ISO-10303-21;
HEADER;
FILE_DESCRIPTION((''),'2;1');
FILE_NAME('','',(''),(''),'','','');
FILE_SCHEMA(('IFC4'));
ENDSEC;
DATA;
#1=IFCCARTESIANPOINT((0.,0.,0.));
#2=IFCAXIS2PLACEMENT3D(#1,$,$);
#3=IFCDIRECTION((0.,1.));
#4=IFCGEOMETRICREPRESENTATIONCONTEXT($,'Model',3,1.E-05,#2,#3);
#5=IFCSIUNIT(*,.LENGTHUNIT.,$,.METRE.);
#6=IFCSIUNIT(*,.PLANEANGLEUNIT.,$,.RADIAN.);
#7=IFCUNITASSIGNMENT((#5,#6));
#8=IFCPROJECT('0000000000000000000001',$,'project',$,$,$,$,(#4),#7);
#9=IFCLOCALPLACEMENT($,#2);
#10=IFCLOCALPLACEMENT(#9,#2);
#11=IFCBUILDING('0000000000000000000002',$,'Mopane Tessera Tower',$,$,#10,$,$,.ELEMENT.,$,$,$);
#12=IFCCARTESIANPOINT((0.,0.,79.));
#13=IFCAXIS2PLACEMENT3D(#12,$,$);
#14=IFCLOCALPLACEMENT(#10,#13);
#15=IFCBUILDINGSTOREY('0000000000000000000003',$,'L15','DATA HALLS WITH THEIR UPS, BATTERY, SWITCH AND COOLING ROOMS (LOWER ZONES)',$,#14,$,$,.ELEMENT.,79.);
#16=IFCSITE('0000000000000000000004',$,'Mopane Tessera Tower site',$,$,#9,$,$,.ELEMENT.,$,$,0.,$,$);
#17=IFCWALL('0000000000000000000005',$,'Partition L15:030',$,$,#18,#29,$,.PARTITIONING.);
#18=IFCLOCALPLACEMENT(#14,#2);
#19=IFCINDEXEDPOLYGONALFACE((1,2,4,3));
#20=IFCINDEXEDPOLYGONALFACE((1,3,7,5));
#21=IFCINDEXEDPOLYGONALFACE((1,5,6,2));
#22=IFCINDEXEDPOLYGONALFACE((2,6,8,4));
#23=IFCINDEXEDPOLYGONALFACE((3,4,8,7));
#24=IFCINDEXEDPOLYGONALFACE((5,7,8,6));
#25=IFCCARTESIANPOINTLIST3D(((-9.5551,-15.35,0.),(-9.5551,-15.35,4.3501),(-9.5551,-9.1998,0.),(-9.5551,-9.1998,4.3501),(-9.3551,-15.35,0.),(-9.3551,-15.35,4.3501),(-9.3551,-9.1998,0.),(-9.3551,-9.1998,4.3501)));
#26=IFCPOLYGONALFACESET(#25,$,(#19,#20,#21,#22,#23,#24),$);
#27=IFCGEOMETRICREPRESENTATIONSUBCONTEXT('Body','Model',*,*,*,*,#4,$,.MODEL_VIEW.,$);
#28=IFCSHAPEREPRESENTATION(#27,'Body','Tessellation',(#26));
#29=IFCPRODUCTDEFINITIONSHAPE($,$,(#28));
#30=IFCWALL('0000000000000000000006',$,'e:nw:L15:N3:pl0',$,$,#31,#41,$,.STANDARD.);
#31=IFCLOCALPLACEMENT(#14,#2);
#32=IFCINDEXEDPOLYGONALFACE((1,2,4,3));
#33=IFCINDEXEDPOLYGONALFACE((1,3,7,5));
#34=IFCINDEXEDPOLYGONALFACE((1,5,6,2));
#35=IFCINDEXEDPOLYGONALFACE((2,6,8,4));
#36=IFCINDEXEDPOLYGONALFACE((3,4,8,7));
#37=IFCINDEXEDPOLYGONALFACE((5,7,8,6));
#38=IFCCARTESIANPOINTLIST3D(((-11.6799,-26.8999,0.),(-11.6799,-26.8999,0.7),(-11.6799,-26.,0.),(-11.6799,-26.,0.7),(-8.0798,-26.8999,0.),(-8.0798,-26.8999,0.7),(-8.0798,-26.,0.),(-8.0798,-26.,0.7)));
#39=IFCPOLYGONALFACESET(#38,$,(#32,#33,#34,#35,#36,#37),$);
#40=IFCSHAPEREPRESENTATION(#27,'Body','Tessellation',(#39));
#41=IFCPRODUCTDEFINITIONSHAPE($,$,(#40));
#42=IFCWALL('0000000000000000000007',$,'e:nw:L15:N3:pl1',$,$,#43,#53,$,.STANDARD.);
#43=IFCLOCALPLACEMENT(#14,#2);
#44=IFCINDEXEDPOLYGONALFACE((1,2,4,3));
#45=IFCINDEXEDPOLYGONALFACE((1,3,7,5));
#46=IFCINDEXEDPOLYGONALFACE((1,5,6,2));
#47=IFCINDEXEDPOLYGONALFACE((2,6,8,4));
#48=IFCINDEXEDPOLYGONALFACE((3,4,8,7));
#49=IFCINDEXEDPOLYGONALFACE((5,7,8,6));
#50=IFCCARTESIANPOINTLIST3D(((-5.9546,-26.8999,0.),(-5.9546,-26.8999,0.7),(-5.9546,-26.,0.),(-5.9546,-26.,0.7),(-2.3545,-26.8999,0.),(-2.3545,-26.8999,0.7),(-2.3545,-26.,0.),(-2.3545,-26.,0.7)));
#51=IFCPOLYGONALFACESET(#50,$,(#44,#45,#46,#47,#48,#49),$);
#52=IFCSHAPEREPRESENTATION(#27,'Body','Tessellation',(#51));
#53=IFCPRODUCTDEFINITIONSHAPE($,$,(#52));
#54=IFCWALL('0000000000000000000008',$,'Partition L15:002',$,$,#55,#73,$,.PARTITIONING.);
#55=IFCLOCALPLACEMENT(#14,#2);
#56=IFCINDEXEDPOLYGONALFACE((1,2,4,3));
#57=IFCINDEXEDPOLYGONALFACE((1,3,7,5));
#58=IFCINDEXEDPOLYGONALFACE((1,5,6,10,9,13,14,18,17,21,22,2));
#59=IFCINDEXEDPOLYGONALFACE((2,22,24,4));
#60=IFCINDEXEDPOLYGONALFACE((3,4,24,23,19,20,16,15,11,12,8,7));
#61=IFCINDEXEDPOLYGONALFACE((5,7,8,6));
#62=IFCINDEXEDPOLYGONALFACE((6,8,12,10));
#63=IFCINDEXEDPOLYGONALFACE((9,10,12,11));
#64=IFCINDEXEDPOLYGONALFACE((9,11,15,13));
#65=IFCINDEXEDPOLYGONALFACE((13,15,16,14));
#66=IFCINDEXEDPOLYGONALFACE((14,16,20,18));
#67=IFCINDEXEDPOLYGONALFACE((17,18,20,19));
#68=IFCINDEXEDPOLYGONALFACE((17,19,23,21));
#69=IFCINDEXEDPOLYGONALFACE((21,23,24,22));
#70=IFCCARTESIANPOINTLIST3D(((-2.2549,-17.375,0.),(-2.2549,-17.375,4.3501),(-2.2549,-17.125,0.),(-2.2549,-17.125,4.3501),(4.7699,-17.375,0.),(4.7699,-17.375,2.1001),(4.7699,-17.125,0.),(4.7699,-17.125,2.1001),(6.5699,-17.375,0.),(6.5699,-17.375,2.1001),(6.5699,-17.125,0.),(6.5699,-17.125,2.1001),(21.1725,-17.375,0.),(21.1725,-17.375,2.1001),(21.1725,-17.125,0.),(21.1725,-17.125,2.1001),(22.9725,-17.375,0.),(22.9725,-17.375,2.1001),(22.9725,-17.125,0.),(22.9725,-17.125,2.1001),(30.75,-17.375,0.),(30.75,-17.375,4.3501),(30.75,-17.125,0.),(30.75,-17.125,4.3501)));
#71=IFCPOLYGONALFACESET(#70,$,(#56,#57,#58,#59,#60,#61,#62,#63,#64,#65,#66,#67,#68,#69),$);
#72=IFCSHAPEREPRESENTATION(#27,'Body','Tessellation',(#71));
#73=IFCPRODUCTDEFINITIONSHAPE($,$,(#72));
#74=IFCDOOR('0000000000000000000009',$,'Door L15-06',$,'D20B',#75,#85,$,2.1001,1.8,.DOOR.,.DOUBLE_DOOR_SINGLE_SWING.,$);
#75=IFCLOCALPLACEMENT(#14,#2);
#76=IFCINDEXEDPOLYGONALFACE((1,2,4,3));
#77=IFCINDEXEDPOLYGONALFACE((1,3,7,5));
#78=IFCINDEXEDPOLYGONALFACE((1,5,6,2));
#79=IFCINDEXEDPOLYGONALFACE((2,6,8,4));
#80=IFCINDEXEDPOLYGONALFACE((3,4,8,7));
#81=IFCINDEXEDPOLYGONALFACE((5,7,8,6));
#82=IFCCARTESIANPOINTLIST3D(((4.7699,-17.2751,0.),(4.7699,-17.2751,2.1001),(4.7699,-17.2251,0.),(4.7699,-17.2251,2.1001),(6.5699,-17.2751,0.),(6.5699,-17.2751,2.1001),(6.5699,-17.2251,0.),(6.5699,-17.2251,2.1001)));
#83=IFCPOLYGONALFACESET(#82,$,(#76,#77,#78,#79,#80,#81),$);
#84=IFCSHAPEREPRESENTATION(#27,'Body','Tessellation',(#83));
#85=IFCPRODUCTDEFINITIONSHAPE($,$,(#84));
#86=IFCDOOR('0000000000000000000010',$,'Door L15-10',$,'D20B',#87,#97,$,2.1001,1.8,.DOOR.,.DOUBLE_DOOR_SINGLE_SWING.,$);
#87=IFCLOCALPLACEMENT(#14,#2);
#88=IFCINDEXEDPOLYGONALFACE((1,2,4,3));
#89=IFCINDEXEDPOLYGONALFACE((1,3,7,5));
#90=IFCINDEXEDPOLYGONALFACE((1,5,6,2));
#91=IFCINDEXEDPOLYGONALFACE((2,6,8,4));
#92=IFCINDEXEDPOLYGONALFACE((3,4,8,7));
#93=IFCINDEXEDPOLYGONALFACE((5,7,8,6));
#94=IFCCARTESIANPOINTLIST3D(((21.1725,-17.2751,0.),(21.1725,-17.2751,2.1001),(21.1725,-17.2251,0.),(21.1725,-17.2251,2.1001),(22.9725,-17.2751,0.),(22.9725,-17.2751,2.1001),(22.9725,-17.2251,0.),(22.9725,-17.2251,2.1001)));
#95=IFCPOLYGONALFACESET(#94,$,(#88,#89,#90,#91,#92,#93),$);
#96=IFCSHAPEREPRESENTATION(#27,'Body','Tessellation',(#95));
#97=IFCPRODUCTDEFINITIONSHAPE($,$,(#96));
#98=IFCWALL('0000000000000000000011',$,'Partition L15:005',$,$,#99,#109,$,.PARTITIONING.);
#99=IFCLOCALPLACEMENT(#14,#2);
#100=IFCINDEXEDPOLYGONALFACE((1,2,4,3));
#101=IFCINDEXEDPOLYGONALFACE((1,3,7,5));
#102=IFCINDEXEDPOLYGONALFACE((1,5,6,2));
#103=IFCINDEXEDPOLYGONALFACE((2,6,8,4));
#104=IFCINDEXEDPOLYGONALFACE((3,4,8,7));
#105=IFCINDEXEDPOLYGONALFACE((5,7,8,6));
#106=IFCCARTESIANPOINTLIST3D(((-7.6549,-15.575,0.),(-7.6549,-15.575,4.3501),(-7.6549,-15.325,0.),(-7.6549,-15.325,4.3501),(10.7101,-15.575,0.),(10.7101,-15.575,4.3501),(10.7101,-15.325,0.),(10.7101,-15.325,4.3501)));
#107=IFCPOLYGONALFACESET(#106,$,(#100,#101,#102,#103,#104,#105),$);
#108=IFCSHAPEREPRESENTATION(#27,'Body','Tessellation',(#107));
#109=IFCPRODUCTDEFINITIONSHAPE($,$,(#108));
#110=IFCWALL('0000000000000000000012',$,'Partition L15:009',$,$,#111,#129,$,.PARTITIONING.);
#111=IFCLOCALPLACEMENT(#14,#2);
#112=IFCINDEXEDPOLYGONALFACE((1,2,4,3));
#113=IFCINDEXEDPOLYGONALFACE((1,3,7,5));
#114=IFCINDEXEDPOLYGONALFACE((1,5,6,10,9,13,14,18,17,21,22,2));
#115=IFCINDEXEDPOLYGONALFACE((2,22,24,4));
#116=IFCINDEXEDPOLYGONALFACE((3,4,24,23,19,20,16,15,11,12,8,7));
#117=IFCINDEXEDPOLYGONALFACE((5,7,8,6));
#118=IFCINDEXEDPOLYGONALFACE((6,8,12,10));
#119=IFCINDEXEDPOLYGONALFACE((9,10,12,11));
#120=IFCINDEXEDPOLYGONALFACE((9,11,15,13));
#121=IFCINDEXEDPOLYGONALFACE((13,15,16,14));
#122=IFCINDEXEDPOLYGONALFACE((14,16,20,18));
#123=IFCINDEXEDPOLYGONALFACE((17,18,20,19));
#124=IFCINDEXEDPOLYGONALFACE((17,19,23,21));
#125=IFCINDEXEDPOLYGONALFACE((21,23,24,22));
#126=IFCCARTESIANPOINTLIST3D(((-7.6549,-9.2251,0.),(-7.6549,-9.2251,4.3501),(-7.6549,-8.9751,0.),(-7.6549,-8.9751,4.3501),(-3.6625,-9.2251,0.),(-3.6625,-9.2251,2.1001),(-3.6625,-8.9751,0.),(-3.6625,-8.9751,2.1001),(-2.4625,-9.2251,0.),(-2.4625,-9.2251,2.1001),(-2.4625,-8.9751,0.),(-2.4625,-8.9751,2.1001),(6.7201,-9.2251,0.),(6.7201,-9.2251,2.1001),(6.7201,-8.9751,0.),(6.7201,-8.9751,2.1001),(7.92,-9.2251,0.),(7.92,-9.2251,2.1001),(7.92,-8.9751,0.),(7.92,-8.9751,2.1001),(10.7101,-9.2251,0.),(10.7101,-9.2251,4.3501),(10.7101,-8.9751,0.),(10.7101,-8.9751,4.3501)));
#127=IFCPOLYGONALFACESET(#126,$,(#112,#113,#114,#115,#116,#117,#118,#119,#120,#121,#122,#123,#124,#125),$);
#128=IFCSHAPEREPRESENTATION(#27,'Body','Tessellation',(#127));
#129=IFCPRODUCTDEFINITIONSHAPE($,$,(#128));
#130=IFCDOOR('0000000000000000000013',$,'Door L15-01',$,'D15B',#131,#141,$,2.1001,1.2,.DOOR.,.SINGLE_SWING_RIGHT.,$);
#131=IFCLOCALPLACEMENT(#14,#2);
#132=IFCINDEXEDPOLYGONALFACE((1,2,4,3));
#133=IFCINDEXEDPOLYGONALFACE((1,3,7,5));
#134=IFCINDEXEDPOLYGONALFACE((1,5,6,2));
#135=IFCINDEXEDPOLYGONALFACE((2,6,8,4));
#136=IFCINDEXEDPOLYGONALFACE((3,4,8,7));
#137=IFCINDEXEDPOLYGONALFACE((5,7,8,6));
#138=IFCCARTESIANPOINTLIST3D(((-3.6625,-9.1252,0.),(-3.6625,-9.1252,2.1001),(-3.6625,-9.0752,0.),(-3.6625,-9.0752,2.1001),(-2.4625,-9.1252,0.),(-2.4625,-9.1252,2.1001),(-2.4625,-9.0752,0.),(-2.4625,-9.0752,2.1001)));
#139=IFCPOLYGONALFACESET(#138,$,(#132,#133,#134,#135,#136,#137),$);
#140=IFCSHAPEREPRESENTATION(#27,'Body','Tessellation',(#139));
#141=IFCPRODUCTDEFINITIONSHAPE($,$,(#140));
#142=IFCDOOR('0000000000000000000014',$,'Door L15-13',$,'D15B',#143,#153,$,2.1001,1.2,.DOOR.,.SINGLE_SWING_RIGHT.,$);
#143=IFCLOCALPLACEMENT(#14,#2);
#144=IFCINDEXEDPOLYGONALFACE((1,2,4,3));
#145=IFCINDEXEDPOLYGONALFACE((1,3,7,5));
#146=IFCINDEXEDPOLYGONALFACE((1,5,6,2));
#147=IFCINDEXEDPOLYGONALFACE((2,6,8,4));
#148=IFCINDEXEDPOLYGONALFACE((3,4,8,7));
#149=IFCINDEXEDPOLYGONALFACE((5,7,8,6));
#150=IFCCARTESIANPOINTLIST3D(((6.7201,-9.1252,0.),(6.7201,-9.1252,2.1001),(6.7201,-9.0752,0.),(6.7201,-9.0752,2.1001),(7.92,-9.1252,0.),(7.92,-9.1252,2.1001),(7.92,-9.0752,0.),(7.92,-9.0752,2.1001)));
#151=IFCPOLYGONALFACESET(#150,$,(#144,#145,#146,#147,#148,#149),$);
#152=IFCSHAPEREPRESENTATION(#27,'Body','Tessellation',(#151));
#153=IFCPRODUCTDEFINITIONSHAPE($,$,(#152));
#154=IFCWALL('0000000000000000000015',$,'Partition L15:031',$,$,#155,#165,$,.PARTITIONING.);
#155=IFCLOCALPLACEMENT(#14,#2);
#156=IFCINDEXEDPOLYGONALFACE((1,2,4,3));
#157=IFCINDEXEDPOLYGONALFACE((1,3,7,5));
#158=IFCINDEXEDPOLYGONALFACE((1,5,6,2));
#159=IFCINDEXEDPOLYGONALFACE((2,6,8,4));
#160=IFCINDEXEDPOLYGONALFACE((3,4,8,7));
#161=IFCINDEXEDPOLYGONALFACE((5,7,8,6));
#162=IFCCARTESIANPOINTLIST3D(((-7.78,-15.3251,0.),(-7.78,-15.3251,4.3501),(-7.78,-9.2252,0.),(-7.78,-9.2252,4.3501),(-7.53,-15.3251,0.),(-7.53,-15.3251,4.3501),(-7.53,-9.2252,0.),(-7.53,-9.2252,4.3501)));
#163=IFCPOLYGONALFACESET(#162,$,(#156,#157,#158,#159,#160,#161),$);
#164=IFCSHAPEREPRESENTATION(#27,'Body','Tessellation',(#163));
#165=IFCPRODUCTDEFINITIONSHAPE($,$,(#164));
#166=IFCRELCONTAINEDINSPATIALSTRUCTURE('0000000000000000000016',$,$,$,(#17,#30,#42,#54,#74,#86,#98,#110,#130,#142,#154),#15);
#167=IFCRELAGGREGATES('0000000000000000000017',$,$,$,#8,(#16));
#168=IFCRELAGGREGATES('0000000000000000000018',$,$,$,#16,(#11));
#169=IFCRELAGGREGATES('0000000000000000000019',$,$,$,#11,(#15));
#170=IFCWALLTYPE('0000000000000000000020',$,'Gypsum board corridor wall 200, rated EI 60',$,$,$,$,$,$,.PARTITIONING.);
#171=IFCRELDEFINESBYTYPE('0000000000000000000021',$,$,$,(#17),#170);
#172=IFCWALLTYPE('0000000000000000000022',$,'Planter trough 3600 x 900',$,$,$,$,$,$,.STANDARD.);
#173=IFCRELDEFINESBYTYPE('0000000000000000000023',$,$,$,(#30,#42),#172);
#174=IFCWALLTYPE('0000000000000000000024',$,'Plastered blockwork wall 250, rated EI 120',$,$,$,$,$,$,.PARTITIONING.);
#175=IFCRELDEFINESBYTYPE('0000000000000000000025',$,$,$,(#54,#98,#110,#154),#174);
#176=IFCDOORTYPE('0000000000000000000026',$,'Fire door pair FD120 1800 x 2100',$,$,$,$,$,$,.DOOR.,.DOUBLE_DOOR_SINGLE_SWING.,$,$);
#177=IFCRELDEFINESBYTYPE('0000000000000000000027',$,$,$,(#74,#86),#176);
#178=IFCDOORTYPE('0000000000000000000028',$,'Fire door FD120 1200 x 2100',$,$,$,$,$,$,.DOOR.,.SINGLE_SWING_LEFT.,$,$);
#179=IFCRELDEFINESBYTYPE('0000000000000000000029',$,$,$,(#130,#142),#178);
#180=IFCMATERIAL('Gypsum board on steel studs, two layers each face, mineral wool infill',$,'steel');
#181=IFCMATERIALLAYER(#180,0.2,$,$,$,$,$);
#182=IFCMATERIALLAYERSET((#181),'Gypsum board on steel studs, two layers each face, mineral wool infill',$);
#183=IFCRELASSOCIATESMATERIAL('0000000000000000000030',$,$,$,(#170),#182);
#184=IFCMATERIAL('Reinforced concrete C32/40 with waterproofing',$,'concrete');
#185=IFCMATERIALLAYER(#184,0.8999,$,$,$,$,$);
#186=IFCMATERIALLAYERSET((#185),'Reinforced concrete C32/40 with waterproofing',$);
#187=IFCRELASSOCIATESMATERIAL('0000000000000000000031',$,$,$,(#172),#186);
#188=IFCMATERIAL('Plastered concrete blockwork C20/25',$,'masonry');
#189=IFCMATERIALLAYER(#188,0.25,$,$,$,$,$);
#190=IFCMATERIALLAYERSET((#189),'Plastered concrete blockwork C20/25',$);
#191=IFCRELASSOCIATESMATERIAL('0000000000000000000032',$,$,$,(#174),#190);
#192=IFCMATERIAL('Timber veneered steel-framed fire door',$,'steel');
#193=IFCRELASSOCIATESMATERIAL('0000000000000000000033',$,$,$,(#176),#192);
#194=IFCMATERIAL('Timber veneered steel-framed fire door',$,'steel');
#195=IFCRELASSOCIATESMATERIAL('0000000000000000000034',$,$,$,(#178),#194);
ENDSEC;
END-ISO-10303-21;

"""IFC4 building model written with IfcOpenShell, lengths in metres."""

from ifc_helpers import new_model, si_unit, direction, frame, frame_2d, origin, place, context, subcontext, project, spatial, rectangle, extrude, material, layer, layer_set, type_object, element, fill, save


model = new_model("IFC4")

# Units and contexts
model_context = context("Model", 3, precision=1e-05, world=origin(), true_north=direction((0.0, 1.0)))
body_context = subcontext(model_context, "Body", "Model", "MODEL_VIEW")
ifc_project = project(units=[si_unit("LENGTHUNIT", "METRE"), si_unit("PLANEANGLEUNIT", "RADIAN")], contexts=[model_context])

# Site, building, storey
site_placement = place(None, origin())
site = spatial("IfcSite", under=ifc_project, at=site_placement, Name="Mopane Tessera Tower site", CompositionType="ELEMENT", RefElevation=0.0)
building_placement = place(site_placement, origin())
building = spatial("IfcBuilding", under=site, at=building_placement, Name="Mopane Tessera Tower", CompositionType="ELEMENT")
storey_placement = place(building_placement, frame((0.0, 0.0, 79.0)))
storey = spatial("IfcBuildingStorey", under=building, at=storey_placement, Name="L15", Description="DATA HALLS WITH THEIR UPS, BATTERY, SWITCH AND COOLING ROOMS (LOWER ZONES)", CompositionType="ELEMENT", Elevation=79.0)

# Walls
ifc_material_1 = material(Name="Gypsum board on steel studs, two layers each face, mineral wool infill", Category="steel")
ifc_layer_1 = layer(ifc_material_1, 0.2)
ifc_layer_set_1 = layer_set([ifc_layer_1], Name="Gypsum board on steel studs, two layers each face, mineral wool infill")
wall_type_1 = type_object("IfcWallType", Name="Gypsum board corridor wall 200, rated EI 60", PredefinedType="PARTITIONING", material=ifc_layer_set_1)
wall_1_placement = place(storey_placement, frame((-9.4551, -15.3501, 0.0), z_axis=(0.0, 0.0, 1.0), x_axis=(0.0, 1.0, 0.0)))
element("IfcWall", 1, at=wall_1_placement, inside=storey, type_object=wall_type_1, Name="Partition L15:030", PredefinedType="PARTITIONING", context=body_context, shape_type="SweptSolid", body=[
    extrude(rectangle(XDim=6.1501, YDim=0.2, at=frame_2d((3.0752, 0.0))), origin(), (0.0, 0.0, 1.0), 4.3501),
])
ifc_material_2 = material(Name="Reinforced concrete C32/40 with waterproofing", Category="concrete")
ifc_layer_2 = layer(ifc_material_2, 0.8999)
ifc_layer_set_2 = layer_set([ifc_layer_2], Name="Reinforced concrete C32/40 with waterproofing")
wall_type_2 = type_object("IfcWallType", Name="Planter trough 3600 x 900", PredefinedType="STANDARD", material=ifc_layer_set_2)
for number, where, z_axis, x_axis, name in (
    (2, (-11.6799, -26.45, 0.0), (0.0, 0.0, 1.0), (1.0, 0.0, 0.0), "e:nw:L15:N3:pl0"),
    (3, (-5.9546, -26.45, 0.0), (0.0, 0.0, 1.0), (1.0, 0.0, 0.0), "e:nw:L15:N3:pl1"),
):
    element("IfcWall", number, at=place(storey_placement, frame(where, z_axis=z_axis, x_axis=x_axis)), inside=storey, type_object=wall_type_2, Name=name, PredefinedType="STANDARD", context=body_context, shape_type="SweptSolid", body=[
        extrude(rectangle(XDim=3.6001, YDim=0.8999, at=frame_2d((1.8, 0.0))), origin(), (0.0, 0.0, 1.0), 0.7),
    ])

# Wall, openings, doors
ifc_material_3 = material(Name="Plastered concrete blockwork C20/25", Category="masonry")
ifc_layer_3 = layer(ifc_material_3, 0.25)
ifc_layer_set_3 = layer_set([ifc_layer_3], Name="Plastered concrete blockwork C20/25")
wall_type_3 = type_object("IfcWallType", Name="Plastered blockwork wall 250, rated EI 120", PredefinedType="PARTITIONING", material=ifc_layer_set_3)
wall_2_placement = place(storey_placement, frame((-2.2549, -17.25, 0.0), z_axis=(0.0, 0.0, 1.0), x_axis=(1.0, 0.0, 0.0)))
wall_2 = element("IfcWall", 4, at=wall_2_placement, inside=storey, type_object=wall_type_3, Name="Partition L15:002", PredefinedType="PARTITIONING", context=body_context, shape_type="SweptSolid", body=[
    extrude(rectangle(XDim=33.0049, YDim=0.25, at=frame_2d((16.5024, 0.0))), origin(), (0.0, 0.0, 1.0), 4.3501),
])
opening_1_placement = place(wall_2_placement, frame((7.0249, 0.0, 0.0)))
opening_1 = element("IfcOpeningElement", 5, at=opening_1_placement, cuts=wall_2, PredefinedType="OPENING", context=body_context, shape_type="SweptSolid", body=[
    extrude(rectangle(XDim=1.8, YDim=2.1001, at=frame_2d((0.8999, 1.05))), frame((0.0, 0.137, 0.0), z_axis=(0.0, -1.0, 0.0), x_axis=(1.0, 0.0, 0.0)), (0.0, 0.0, 1.0), 0.2739),
])
opening_2_placement = place(wall_2_placement, frame((23.4275, 0.0, 0.0)))
opening_2 = element("IfcOpeningElement", 6, at=opening_2_placement, cuts=wall_2, PredefinedType="OPENING", context=body_context, shape_type="SweptSolid", body=[
    extrude(rectangle(XDim=1.8, YDim=2.1001, at=frame_2d((0.8999, 1.05))), frame((0.0, 0.137, 0.0), z_axis=(0.0, -1.0, 0.0), x_axis=(1.0, 0.0, 0.0)), (0.0, 0.0, 1.0), 0.2739),
])
ifc_material_4 = material(Name="Timber veneered steel-framed fire door", Category="steel")
door_type_1 = type_object("IfcDoorType", Name="Fire door pair FD120 1800 x 2100", OperationType="DOUBLE_DOOR_SINGLE_SWING", PredefinedType="DOOR", material=ifc_material_4)
door_1_placement = place(opening_1_placement, origin())
door_1 = element("IfcDoor", 7, at=door_1_placement, inside=storey, type_object=door_type_1, Name="Door L15-06", ObjectType="D20B", OperationType="DOUBLE_DOOR_SINGLE_SWING", OverallHeight=2.1001, OverallWidth=1.8, PredefinedType="DOOR", context=body_context, shape_type="SweptSolid", body=[
    extrude(rectangle(XDim=1.8, YDim=2.1001, at=frame_2d((0.8999, 1.05))), frame((0.0, 0.0249, 0.0), z_axis=(0.0, -1.0, 0.0), x_axis=(1.0, 0.0, 0.0)), (0.0, 0.0, 1.0), 0.05),
])
fill(opening_1, door_1)
door_2_placement = place(opening_2_placement, origin())
door_2 = element("IfcDoor", 8, at=door_2_placement, inside=storey, type_object=door_type_1, Name="Door L15-10", ObjectType="D20B", OperationType="DOUBLE_DOOR_SINGLE_SWING", OverallHeight=2.1001, OverallWidth=1.8, PredefinedType="DOOR", context=body_context, shape_type="SweptSolid", body=[
    extrude(rectangle(XDim=1.8, YDim=2.1001, at=frame_2d((0.8999, 1.05))), frame((0.0, 0.0249, 0.0), z_axis=(0.0, -1.0, 0.0), x_axis=(1.0, 0.0, 0.0)), (0.0, 0.0, 1.0), 0.05),
])
fill(opening_2, door_2)

# Wall
wall_3_placement = place(storey_placement, frame((-7.655, -15.45, 0.0), z_axis=(0.0, 0.0, 1.0), x_axis=(1.0, 0.0, 0.0)))
element("IfcWall", 9, at=wall_3_placement, inside=storey, type_object=wall_type_3, Name="Partition L15:005", PredefinedType="PARTITIONING", context=body_context, shape_type="SweptSolid", body=[
    extrude(rectangle(XDim=18.365, YDim=0.25, at=frame_2d((9.1826, 0.0))), origin(), (0.0, 0.0, 1.0), 4.3501),
])

# Wall, openings, doors
wall_4_placement = place(storey_placement, frame((-7.655, -9.1001, 0.0), z_axis=(0.0, 0.0, 1.0), x_axis=(1.0, 0.0, 0.0)))
wall_4 = element("IfcWall", 10, at=wall_4_placement, inside=storey, type_object=wall_type_3, Name="Partition L15:009", PredefinedType="PARTITIONING", context=body_context, shape_type="SweptSolid", body=[
    extrude(rectangle(XDim=18.365, YDim=0.25, at=frame_2d((9.1826, 0.0))), origin(), (0.0, 0.0, 1.0), 4.3501),
])
opening_3_placement = place(wall_4_placement, frame((3.9924, 0.0, 0.0)))
opening_3 = element("IfcOpeningElement", 11, at=opening_3_placement, cuts=wall_4, PredefinedType="OPENING", context=body_context, shape_type="SweptSolid", body=[
    extrude(rectangle(XDim=1.2, YDim=2.1001, at=frame_2d((0.6001, 1.05))), frame((0.0, 0.137, 0.0), z_axis=(0.0, -1.0, 0.0), x_axis=(1.0, 0.0, 0.0)), (0.0, 0.0, 1.0), 0.2739),
])
opening_4_placement = place(wall_4_placement, frame((14.375, 0.0, 0.0)))
opening_4 = element("IfcOpeningElement", 12, at=opening_4_placement, cuts=wall_4, PredefinedType="OPENING", context=body_context, shape_type="SweptSolid", body=[
    extrude(rectangle(XDim=1.2, YDim=2.1001, at=frame_2d((0.6001, 1.05))), frame((0.0, 0.137, 0.0), z_axis=(0.0, -1.0, 0.0), x_axis=(1.0, 0.0, 0.0)), (0.0, 0.0, 1.0), 0.2739),
])
ifc_material_5 = material(Name="Timber veneered steel-framed fire door", Category="steel")
door_type_2 = type_object("IfcDoorType", Name="Fire door FD120 1200 x 2100", OperationType="SINGLE_SWING_LEFT", PredefinedType="DOOR", material=ifc_material_5)
door_3_placement = place(opening_3_placement, origin())
door_3 = element("IfcDoor", 13, at=door_3_placement, inside=storey, type_object=door_type_2, Name="Door L15-01", ObjectType="D15B", OperationType="SINGLE_SWING_RIGHT", OverallHeight=2.1001, OverallWidth=1.2, PredefinedType="DOOR", context=body_context, shape_type="SweptSolid", body=[
    extrude(rectangle(XDim=1.2, YDim=2.1001, at=frame_2d((0.6001, 1.05))), frame((0.0, 0.0249, 0.0), z_axis=(0.0, -1.0, 0.0), x_axis=(1.0, 0.0, 0.0)), (0.0, 0.0, 1.0), 0.05),
])
fill(opening_3, door_3)
door_4_placement = place(opening_4_placement, origin())
door_4 = element("IfcDoor", 14, at=door_4_placement, inside=storey, type_object=door_type_2, Name="Door L15-13", ObjectType="D15B", OperationType="SINGLE_SWING_RIGHT", OverallHeight=2.1001, OverallWidth=1.2, PredefinedType="DOOR", context=body_context, shape_type="SweptSolid", body=[
    extrude(rectangle(XDim=1.2, YDim=2.1001, at=frame_2d((0.6001, 1.05))), frame((0.0, 0.0249, 0.0), z_axis=(0.0, -1.0, 0.0), x_axis=(1.0, 0.0, 0.0)), (0.0, 0.0, 1.0), 0.05),
])
fill(opening_4, door_4)

# Wall
wall_5_placement = place(storey_placement, frame((-7.655, -15.325, 0.0), z_axis=(0.0, 0.0, 1.0), x_axis=(0.0, 1.0, 0.0)))
element("IfcWall", 15, at=wall_5_placement, inside=storey, type_object=wall_type_3, Name="Partition L15:031", PredefinedType="PARTITIONING", context=body_context, shape_type="SweptSolid", body=[
    extrude(rectangle(XDim=6.0999, YDim=0.25, at=frame_2d((3.0498, 0.0))), origin(), (0.0, 0.0, 1.0), 4.3501),
])

save(model, "model.ifc")
